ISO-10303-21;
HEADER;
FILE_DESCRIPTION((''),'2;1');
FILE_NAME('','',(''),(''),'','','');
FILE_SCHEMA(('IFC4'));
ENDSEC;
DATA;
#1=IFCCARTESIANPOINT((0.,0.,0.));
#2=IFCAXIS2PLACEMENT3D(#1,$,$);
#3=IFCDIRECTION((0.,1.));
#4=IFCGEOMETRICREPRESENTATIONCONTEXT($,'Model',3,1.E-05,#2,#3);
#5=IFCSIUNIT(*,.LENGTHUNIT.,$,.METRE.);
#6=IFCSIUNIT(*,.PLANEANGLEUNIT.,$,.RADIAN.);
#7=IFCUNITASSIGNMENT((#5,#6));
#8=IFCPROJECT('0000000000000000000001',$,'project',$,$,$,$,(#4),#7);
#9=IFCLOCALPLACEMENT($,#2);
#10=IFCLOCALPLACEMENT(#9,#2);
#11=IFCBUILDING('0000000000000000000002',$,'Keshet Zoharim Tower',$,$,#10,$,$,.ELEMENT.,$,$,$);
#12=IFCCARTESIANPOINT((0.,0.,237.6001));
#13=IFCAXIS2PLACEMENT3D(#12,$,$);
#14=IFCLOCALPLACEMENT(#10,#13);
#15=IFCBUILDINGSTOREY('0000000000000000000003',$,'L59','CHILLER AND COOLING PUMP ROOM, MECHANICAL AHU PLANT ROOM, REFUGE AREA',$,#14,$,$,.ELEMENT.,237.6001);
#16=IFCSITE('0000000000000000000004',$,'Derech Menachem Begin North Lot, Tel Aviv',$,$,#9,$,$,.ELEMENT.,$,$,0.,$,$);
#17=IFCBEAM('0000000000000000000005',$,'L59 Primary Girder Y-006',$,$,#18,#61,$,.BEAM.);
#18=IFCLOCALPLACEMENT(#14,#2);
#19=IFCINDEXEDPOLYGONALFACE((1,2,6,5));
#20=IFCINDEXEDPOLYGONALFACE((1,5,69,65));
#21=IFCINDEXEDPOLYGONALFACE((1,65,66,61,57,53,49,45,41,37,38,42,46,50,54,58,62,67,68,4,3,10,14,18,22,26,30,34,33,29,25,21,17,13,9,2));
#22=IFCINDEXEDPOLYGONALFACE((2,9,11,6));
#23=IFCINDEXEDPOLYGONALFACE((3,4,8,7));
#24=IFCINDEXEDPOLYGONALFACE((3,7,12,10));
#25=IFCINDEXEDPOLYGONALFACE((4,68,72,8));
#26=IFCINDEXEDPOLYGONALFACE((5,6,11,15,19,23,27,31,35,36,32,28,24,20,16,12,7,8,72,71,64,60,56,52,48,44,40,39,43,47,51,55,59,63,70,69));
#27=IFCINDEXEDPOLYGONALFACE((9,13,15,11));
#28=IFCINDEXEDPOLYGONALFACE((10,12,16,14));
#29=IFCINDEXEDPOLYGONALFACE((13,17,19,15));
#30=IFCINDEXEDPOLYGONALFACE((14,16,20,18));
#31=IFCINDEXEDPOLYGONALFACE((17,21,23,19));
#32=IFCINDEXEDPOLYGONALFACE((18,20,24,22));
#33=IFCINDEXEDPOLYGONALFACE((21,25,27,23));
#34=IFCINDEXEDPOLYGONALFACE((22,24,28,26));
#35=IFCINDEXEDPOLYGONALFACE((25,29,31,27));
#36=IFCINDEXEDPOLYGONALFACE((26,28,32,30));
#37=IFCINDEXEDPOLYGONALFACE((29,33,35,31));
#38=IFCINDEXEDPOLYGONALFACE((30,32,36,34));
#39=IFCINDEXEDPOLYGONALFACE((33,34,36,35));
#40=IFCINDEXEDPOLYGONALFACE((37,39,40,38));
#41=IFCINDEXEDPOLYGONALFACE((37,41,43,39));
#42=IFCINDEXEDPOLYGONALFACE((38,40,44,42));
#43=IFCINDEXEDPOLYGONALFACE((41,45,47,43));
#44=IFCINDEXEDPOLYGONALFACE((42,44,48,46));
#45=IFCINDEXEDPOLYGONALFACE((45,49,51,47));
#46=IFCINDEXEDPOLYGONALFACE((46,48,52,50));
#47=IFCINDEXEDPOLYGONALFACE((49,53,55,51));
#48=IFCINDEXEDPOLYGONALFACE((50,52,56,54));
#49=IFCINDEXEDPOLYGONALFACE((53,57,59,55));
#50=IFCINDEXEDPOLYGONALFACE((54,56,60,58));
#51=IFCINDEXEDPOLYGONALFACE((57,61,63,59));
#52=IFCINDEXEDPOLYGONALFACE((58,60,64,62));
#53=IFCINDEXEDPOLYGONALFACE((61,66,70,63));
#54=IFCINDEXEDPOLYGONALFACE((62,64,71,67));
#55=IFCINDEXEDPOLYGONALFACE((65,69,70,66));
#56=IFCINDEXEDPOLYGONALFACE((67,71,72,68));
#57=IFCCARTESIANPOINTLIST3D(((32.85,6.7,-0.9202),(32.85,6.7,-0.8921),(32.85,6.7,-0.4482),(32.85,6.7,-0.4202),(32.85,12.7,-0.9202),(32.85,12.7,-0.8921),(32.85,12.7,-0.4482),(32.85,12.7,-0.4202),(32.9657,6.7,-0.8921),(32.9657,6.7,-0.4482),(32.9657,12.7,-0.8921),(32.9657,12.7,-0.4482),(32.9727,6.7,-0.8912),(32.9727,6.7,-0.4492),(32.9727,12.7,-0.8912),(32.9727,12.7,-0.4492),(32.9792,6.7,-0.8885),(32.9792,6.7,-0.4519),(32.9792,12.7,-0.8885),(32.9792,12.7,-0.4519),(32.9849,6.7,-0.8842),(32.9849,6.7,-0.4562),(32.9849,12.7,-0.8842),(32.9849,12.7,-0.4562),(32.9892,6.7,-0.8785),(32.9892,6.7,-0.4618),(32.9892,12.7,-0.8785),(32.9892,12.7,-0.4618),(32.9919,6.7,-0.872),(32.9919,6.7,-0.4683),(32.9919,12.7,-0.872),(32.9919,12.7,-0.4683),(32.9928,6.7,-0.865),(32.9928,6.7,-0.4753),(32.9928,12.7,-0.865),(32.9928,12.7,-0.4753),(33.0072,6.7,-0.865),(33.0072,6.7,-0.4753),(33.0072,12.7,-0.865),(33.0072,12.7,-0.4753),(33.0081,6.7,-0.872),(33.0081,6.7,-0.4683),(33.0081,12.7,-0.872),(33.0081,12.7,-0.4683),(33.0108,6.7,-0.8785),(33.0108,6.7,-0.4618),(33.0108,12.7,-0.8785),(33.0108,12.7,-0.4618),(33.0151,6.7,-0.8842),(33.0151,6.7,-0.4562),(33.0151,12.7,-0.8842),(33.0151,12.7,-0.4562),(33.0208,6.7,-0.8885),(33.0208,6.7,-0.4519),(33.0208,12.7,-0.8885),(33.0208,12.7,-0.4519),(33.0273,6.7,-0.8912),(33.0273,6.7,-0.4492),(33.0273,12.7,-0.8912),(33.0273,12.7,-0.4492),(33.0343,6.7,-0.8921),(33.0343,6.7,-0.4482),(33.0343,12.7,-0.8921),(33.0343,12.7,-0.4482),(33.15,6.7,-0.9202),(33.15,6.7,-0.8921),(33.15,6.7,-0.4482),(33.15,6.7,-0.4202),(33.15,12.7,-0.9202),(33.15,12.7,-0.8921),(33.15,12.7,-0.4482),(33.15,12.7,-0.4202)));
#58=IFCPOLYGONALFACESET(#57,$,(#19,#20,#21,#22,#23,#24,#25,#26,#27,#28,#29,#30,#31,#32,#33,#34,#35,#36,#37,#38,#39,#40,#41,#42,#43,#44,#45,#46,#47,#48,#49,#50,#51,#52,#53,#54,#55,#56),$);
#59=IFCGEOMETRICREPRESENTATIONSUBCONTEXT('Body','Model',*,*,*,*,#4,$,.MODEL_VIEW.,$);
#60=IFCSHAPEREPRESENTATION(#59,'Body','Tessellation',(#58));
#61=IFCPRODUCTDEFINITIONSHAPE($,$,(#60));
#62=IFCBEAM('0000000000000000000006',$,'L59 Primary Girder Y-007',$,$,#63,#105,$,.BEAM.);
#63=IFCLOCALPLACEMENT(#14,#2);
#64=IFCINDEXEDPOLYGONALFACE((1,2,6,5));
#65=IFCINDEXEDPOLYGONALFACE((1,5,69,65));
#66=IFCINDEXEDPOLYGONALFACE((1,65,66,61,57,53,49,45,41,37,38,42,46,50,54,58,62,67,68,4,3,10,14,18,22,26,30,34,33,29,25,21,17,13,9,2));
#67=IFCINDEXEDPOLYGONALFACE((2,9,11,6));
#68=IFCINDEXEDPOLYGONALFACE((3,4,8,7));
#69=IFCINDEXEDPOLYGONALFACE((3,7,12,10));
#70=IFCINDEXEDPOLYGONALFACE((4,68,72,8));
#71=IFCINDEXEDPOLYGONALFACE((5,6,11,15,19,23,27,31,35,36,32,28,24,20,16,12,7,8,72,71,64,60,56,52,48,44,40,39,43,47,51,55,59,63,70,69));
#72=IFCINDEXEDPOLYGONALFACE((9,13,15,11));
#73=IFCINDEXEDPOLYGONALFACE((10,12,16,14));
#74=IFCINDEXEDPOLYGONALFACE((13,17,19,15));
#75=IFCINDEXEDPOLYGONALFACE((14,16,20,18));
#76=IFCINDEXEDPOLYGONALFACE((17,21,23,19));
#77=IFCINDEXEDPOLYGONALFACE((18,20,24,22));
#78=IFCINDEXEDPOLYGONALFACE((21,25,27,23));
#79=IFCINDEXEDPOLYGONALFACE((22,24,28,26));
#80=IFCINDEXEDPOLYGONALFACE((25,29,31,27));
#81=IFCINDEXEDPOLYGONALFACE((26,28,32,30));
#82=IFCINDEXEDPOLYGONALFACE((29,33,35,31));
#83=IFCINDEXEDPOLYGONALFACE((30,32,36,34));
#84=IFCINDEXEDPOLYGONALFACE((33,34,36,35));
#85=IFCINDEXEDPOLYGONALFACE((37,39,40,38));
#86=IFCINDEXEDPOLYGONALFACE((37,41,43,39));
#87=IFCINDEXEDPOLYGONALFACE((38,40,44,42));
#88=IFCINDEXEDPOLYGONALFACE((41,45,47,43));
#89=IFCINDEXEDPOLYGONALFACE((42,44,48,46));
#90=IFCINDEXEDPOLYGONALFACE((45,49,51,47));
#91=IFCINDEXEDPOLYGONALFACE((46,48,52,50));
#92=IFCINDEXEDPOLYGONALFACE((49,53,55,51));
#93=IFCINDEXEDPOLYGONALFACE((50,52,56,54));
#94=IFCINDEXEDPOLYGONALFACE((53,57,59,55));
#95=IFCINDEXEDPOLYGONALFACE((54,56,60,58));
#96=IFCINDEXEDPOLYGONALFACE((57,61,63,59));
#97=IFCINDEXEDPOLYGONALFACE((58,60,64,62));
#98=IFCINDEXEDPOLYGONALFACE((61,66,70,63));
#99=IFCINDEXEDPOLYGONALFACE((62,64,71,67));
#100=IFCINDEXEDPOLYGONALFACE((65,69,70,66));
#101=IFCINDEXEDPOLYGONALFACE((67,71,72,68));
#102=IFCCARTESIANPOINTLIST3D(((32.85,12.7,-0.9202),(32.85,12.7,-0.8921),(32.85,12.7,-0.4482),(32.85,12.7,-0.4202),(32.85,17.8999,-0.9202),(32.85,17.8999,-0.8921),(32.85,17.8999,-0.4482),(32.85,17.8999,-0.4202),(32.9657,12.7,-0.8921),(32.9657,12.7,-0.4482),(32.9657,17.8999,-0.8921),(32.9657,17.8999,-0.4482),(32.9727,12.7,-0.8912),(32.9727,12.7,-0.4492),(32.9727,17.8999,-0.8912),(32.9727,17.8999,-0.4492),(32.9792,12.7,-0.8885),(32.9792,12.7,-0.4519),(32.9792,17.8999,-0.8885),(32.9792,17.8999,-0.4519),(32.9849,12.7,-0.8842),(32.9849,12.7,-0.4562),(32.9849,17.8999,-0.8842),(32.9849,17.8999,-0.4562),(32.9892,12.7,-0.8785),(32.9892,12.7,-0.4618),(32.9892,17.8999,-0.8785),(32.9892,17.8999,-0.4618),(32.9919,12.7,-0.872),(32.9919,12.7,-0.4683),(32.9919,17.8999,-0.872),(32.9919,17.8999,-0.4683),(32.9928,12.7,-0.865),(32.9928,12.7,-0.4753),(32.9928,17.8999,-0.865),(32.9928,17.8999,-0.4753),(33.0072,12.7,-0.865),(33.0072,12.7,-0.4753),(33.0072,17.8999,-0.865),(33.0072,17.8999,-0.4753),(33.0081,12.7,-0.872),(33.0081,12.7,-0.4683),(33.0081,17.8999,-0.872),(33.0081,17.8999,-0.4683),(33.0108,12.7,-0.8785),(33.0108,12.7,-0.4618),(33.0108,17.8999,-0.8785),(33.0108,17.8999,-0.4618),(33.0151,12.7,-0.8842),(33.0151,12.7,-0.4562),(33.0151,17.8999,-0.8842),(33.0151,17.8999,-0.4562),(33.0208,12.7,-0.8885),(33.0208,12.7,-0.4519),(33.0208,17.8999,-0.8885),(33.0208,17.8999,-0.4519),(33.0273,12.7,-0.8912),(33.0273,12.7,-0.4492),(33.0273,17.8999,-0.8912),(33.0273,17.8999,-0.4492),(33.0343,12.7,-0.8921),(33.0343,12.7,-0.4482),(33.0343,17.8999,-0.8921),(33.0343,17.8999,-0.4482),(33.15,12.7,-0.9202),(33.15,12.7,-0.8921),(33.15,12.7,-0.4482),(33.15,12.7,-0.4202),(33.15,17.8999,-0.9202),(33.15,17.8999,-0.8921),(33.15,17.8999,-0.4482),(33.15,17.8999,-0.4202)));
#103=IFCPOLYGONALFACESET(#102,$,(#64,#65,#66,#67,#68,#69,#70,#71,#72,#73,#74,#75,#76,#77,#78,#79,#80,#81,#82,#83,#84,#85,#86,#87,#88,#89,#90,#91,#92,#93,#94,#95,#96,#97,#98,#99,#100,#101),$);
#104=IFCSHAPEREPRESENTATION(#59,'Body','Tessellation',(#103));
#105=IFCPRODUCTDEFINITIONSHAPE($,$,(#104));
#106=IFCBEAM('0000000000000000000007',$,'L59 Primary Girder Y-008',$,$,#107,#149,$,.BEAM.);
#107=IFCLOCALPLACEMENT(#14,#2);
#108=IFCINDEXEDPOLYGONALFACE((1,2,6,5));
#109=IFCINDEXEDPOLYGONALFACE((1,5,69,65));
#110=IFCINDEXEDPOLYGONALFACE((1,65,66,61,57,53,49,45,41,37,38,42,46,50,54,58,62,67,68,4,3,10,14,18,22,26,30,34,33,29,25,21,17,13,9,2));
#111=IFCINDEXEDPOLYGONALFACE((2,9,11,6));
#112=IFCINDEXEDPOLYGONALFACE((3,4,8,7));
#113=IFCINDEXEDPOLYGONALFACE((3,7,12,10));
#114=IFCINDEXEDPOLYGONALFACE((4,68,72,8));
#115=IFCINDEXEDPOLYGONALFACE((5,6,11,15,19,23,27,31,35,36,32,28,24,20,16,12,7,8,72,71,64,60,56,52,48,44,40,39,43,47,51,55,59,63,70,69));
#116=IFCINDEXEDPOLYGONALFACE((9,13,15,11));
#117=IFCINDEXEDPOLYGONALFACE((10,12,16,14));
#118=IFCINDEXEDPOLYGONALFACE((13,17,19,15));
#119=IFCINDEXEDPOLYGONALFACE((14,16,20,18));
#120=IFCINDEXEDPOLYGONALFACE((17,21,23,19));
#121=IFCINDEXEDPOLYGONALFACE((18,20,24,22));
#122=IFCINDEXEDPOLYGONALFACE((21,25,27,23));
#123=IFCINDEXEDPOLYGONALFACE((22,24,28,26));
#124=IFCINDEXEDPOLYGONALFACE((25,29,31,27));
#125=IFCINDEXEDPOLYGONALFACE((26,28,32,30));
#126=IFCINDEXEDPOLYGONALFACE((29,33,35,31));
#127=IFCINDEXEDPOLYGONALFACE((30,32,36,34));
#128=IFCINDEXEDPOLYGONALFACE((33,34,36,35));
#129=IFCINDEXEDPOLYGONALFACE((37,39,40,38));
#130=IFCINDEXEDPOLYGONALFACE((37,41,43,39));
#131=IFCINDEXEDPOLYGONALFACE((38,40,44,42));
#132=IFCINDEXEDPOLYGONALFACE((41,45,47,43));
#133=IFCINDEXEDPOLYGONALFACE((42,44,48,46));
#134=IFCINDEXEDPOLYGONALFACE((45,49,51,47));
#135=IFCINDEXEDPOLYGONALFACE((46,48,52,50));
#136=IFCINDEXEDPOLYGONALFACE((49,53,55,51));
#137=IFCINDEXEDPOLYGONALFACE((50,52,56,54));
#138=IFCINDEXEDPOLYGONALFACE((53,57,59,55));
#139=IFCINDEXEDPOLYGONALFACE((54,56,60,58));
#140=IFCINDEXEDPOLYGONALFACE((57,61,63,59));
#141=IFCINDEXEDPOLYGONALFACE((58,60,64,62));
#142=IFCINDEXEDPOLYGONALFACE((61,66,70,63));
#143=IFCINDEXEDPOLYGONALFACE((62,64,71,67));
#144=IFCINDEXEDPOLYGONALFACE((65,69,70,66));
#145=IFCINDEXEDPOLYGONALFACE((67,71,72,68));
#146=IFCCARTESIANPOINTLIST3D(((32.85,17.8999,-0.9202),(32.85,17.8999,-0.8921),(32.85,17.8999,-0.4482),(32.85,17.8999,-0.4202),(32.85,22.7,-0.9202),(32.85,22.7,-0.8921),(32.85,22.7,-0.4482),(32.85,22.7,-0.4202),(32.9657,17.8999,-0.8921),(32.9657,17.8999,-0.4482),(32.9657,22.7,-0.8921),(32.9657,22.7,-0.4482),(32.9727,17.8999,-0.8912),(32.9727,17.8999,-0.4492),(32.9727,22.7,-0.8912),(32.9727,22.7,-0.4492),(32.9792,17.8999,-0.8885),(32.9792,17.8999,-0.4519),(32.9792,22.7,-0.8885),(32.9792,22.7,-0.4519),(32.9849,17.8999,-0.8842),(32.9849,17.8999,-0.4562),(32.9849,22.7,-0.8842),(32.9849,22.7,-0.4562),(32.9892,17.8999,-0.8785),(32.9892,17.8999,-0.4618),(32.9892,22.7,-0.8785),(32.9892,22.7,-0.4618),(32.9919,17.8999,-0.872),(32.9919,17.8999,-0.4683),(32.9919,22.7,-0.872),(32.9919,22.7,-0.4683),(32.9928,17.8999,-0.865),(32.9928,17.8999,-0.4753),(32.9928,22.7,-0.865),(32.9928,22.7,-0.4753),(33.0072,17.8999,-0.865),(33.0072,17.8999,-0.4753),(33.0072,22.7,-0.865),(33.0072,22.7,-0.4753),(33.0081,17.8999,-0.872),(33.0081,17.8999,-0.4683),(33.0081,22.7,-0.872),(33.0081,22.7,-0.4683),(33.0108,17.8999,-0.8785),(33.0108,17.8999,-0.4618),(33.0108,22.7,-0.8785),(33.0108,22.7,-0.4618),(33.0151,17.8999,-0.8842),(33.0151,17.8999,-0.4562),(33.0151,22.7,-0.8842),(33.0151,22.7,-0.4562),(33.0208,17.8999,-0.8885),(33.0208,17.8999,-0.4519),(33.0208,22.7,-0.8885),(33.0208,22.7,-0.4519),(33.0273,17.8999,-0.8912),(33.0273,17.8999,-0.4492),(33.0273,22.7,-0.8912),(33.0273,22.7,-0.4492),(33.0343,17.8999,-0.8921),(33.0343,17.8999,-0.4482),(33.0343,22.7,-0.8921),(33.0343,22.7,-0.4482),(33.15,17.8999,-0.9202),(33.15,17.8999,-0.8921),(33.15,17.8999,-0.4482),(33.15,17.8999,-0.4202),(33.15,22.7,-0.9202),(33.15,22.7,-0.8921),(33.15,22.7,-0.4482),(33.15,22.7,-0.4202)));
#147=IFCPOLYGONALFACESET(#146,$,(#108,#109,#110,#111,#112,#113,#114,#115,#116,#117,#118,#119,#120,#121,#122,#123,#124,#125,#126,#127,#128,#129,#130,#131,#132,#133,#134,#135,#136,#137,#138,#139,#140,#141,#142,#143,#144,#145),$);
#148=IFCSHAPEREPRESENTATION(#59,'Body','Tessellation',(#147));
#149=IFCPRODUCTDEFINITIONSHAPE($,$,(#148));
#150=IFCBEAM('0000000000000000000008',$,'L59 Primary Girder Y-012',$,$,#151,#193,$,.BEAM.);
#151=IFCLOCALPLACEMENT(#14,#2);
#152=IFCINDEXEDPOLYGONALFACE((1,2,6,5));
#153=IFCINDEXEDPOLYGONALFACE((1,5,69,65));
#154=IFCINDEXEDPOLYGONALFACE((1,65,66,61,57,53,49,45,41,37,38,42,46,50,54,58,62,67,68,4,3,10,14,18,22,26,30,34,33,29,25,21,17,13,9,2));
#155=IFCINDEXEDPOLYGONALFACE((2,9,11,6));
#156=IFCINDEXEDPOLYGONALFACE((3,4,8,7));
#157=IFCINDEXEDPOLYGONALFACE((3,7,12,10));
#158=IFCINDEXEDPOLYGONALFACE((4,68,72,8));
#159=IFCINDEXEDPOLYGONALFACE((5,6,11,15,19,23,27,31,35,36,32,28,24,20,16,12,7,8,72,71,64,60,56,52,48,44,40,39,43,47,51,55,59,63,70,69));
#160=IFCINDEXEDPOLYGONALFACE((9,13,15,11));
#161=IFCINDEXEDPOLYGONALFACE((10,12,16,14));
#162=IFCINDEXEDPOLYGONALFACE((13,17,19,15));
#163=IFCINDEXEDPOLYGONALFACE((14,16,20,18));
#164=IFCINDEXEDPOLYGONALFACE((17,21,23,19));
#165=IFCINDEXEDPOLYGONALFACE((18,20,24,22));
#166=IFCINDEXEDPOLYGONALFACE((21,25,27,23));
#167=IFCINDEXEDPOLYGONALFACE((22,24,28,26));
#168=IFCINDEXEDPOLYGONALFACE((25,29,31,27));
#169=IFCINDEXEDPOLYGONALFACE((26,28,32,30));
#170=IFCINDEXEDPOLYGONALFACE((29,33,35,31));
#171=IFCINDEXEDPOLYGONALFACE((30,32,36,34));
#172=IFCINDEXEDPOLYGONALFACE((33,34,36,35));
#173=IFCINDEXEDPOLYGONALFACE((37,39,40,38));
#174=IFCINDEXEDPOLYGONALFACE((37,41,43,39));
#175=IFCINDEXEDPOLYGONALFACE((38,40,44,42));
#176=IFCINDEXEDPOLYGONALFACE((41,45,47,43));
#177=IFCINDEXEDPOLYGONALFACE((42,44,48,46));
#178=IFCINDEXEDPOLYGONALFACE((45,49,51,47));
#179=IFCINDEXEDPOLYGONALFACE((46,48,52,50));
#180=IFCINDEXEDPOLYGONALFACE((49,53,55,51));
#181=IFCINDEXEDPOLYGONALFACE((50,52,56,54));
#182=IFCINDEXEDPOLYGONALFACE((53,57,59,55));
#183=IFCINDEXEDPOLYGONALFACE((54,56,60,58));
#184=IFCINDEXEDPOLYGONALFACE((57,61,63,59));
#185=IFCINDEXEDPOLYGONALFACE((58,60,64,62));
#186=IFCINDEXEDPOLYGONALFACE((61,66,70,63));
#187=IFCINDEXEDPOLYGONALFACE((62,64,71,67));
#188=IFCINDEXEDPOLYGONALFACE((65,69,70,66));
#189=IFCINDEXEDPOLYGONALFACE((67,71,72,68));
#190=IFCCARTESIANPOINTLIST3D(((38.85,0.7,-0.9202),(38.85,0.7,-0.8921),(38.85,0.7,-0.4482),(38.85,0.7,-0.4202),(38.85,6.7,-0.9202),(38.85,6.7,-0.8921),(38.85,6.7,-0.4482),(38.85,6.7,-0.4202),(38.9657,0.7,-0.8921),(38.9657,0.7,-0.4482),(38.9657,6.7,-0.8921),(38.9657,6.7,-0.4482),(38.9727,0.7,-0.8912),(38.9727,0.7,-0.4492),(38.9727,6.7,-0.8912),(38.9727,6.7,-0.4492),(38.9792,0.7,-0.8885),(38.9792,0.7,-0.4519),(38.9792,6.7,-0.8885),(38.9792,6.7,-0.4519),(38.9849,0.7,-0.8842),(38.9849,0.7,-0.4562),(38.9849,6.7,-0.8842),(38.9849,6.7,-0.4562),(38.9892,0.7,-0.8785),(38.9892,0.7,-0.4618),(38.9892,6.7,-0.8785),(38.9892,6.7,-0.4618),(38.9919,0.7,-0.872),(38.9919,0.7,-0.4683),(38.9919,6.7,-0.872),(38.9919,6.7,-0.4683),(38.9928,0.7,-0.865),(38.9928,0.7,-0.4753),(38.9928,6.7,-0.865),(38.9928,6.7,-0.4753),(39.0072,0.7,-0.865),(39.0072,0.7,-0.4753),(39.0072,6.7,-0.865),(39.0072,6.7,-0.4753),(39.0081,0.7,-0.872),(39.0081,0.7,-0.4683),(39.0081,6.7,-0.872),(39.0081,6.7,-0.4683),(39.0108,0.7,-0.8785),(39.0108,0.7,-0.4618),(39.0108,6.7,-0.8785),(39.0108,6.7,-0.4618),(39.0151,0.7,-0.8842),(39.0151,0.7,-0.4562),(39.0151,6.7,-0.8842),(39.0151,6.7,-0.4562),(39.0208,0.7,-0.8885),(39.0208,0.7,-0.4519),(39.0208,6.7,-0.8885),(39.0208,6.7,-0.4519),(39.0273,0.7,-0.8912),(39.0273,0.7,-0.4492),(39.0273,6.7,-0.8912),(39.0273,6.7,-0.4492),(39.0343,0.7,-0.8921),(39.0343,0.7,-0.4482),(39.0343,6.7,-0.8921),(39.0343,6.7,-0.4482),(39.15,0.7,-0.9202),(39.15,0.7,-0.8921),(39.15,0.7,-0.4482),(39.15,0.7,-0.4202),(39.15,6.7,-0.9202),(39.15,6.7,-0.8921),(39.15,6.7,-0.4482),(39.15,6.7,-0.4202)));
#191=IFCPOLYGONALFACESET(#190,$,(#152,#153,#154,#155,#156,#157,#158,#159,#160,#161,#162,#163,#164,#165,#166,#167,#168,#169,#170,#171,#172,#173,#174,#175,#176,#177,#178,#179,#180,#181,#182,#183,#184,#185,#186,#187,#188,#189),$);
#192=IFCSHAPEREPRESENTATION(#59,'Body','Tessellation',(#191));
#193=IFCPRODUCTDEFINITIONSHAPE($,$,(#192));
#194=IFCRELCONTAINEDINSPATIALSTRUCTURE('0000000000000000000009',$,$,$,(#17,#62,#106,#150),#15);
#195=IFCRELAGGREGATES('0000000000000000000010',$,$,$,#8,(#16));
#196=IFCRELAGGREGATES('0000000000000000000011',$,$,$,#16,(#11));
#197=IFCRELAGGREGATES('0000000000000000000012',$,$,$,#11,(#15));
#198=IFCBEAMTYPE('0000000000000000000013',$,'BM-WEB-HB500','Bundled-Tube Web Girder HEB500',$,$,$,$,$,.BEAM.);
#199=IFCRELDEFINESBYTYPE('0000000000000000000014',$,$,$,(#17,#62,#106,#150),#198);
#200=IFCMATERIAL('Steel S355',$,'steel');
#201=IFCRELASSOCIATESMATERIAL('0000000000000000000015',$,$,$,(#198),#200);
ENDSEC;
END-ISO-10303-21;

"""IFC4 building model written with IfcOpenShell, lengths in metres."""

from ifc_helpers import new_model, si_unit, direction, frame, origin, origin_2d, place, context, subcontext, project, spatial, i_section, extrude, material, material_profile, profile_set, type_object, element, save


model = new_model("IFC4")

# Units and contexts
model_context = context("Model", 3, precision=1e-05, world=origin(), true_north=direction((0.0, 1.0)))
body_context = subcontext(model_context, "Body", "Model", "MODEL_VIEW")
ifc_project = project(units=[si_unit("LENGTHUNIT", "METRE"), si_unit("PLANEANGLEUNIT", "RADIAN")], contexts=[model_context])

# Site, building, storey
site_placement = place(None, origin())
site = spatial("IfcSite", under=ifc_project, at=site_placement, Name="Derech Menachem Begin North Lot, Tel Aviv", CompositionType="ELEMENT", RefElevation=0.0)
building_placement = place(site_placement, origin())
building = spatial("IfcBuilding", under=site, at=building_placement, Name="Keshet Zoharim Tower", CompositionType="ELEMENT")
storey_placement = place(building_placement, frame((0.0, 0.0, 237.6001)))
storey = spatial("IfcBuildingStorey", under=building, at=storey_placement, Name="L59", Description="CHILLER AND COOLING PUMP ROOM, MECHANICAL AHU PLANT ROOM, REFUGE AREA", CompositionType="ELEMENT", Elevation=237.6001)

# Shared definitions
ifc_material_1 = material(Name="Steel S355", Category="steel")

# Beams
ifc_material_profile_1 = material_profile(ifc_material_1, i_section(OverallWidth=0.3, OverallDepth=0.5, WebThickness=0.0144, FlangeThickness=0.0281, FilletRadius=0.0271, at=origin_2d()), Name="HEB500")
ifc_profile_set_1 = profile_set([ifc_material_profile_1], Name="Steel S355")
beam_type_1 = type_object("IfcBeamType", Name="BM-WEB-HB500", Description="Bundled-Tube Web Girder HEB500", PredefinedType="BEAM", material=ifc_profile_set_1)
for number, where, z_axis, x_axis, name in (
    (1, (33.0, 6.7, -0.6702), (0.0, 1.0, 0.0), (-1.0, 0.0, 0.0), "L59 Primary Girder Y-006"),
):
    element("IfcBeam", number, at=place(storey_placement, frame(where, z_axis=z_axis, x_axis=x_axis)), inside=storey, type_object=beam_type_1, Name=name, PredefinedType="BEAM", context=body_context, shape_type="SweptSolid", body=[
        extrude(i_section(OverallWidth=0.3, OverallDepth=0.5, WebThickness=0.0144, FlangeThickness=0.0281, FilletRadius=0.0271, at=origin_2d()), origin(), (0.0, 0.0, 1.0), 6.0),
    ])
beam_1_placement = place(storey_placement, frame((33.0, 12.7, -0.6702), z_axis=(0.0, 1.0, 0.0), x_axis=(-1.0, 0.0, 0.0)))
element("IfcBeam", 2, at=beam_1_placement, inside=storey, type_object=beam_type_1, Name="L59 Primary Girder Y-007", PredefinedType="BEAM", context=body_context, shape_type="SweptSolid", body=[
    extrude(i_section(OverallWidth=0.3, OverallDepth=0.5, WebThickness=0.0144, FlangeThickness=0.0281, FilletRadius=0.0271, at=origin_2d()), origin(), (0.0, 0.0, 1.0), 5.2),
])
beam_2_placement = place(storey_placement, frame((33.0, 17.8999, -0.6702), z_axis=(0.0, 1.0, 0.0), x_axis=(-1.0, 0.0, 0.0)))
element("IfcBeam", 3, at=beam_2_placement, inside=storey, type_object=beam_type_1, Name="L59 Primary Girder Y-008", PredefinedType="BEAM", context=body_context, shape_type="SweptSolid", body=[
    extrude(i_section(OverallWidth=0.3, OverallDepth=0.5, WebThickness=0.0144, FlangeThickness=0.0281, FilletRadius=0.0271, at=origin_2d()), origin(), (0.0, 0.0, 1.0), 4.8),
])
beam_3_placement = place(storey_placement, frame((39.0, 0.7, -0.6702), z_axis=(0.0, 1.0, 0.0), x_axis=(-1.0, 0.0, 0.0)))
element("IfcBeam", 4, at=beam_3_placement, inside=storey, type_object=beam_type_1, Name="L59 Primary Girder Y-012", PredefinedType="BEAM", context=body_context, shape_type="SweptSolid", body=[
    extrude(i_section(OverallWidth=0.3, OverallDepth=0.5, WebThickness=0.0144, FlangeThickness=0.0281, FilletRadius=0.0271, at=origin_2d()), origin(), (0.0, 0.0, 1.0), 6.0),
])

save(model, "model.ifc")
